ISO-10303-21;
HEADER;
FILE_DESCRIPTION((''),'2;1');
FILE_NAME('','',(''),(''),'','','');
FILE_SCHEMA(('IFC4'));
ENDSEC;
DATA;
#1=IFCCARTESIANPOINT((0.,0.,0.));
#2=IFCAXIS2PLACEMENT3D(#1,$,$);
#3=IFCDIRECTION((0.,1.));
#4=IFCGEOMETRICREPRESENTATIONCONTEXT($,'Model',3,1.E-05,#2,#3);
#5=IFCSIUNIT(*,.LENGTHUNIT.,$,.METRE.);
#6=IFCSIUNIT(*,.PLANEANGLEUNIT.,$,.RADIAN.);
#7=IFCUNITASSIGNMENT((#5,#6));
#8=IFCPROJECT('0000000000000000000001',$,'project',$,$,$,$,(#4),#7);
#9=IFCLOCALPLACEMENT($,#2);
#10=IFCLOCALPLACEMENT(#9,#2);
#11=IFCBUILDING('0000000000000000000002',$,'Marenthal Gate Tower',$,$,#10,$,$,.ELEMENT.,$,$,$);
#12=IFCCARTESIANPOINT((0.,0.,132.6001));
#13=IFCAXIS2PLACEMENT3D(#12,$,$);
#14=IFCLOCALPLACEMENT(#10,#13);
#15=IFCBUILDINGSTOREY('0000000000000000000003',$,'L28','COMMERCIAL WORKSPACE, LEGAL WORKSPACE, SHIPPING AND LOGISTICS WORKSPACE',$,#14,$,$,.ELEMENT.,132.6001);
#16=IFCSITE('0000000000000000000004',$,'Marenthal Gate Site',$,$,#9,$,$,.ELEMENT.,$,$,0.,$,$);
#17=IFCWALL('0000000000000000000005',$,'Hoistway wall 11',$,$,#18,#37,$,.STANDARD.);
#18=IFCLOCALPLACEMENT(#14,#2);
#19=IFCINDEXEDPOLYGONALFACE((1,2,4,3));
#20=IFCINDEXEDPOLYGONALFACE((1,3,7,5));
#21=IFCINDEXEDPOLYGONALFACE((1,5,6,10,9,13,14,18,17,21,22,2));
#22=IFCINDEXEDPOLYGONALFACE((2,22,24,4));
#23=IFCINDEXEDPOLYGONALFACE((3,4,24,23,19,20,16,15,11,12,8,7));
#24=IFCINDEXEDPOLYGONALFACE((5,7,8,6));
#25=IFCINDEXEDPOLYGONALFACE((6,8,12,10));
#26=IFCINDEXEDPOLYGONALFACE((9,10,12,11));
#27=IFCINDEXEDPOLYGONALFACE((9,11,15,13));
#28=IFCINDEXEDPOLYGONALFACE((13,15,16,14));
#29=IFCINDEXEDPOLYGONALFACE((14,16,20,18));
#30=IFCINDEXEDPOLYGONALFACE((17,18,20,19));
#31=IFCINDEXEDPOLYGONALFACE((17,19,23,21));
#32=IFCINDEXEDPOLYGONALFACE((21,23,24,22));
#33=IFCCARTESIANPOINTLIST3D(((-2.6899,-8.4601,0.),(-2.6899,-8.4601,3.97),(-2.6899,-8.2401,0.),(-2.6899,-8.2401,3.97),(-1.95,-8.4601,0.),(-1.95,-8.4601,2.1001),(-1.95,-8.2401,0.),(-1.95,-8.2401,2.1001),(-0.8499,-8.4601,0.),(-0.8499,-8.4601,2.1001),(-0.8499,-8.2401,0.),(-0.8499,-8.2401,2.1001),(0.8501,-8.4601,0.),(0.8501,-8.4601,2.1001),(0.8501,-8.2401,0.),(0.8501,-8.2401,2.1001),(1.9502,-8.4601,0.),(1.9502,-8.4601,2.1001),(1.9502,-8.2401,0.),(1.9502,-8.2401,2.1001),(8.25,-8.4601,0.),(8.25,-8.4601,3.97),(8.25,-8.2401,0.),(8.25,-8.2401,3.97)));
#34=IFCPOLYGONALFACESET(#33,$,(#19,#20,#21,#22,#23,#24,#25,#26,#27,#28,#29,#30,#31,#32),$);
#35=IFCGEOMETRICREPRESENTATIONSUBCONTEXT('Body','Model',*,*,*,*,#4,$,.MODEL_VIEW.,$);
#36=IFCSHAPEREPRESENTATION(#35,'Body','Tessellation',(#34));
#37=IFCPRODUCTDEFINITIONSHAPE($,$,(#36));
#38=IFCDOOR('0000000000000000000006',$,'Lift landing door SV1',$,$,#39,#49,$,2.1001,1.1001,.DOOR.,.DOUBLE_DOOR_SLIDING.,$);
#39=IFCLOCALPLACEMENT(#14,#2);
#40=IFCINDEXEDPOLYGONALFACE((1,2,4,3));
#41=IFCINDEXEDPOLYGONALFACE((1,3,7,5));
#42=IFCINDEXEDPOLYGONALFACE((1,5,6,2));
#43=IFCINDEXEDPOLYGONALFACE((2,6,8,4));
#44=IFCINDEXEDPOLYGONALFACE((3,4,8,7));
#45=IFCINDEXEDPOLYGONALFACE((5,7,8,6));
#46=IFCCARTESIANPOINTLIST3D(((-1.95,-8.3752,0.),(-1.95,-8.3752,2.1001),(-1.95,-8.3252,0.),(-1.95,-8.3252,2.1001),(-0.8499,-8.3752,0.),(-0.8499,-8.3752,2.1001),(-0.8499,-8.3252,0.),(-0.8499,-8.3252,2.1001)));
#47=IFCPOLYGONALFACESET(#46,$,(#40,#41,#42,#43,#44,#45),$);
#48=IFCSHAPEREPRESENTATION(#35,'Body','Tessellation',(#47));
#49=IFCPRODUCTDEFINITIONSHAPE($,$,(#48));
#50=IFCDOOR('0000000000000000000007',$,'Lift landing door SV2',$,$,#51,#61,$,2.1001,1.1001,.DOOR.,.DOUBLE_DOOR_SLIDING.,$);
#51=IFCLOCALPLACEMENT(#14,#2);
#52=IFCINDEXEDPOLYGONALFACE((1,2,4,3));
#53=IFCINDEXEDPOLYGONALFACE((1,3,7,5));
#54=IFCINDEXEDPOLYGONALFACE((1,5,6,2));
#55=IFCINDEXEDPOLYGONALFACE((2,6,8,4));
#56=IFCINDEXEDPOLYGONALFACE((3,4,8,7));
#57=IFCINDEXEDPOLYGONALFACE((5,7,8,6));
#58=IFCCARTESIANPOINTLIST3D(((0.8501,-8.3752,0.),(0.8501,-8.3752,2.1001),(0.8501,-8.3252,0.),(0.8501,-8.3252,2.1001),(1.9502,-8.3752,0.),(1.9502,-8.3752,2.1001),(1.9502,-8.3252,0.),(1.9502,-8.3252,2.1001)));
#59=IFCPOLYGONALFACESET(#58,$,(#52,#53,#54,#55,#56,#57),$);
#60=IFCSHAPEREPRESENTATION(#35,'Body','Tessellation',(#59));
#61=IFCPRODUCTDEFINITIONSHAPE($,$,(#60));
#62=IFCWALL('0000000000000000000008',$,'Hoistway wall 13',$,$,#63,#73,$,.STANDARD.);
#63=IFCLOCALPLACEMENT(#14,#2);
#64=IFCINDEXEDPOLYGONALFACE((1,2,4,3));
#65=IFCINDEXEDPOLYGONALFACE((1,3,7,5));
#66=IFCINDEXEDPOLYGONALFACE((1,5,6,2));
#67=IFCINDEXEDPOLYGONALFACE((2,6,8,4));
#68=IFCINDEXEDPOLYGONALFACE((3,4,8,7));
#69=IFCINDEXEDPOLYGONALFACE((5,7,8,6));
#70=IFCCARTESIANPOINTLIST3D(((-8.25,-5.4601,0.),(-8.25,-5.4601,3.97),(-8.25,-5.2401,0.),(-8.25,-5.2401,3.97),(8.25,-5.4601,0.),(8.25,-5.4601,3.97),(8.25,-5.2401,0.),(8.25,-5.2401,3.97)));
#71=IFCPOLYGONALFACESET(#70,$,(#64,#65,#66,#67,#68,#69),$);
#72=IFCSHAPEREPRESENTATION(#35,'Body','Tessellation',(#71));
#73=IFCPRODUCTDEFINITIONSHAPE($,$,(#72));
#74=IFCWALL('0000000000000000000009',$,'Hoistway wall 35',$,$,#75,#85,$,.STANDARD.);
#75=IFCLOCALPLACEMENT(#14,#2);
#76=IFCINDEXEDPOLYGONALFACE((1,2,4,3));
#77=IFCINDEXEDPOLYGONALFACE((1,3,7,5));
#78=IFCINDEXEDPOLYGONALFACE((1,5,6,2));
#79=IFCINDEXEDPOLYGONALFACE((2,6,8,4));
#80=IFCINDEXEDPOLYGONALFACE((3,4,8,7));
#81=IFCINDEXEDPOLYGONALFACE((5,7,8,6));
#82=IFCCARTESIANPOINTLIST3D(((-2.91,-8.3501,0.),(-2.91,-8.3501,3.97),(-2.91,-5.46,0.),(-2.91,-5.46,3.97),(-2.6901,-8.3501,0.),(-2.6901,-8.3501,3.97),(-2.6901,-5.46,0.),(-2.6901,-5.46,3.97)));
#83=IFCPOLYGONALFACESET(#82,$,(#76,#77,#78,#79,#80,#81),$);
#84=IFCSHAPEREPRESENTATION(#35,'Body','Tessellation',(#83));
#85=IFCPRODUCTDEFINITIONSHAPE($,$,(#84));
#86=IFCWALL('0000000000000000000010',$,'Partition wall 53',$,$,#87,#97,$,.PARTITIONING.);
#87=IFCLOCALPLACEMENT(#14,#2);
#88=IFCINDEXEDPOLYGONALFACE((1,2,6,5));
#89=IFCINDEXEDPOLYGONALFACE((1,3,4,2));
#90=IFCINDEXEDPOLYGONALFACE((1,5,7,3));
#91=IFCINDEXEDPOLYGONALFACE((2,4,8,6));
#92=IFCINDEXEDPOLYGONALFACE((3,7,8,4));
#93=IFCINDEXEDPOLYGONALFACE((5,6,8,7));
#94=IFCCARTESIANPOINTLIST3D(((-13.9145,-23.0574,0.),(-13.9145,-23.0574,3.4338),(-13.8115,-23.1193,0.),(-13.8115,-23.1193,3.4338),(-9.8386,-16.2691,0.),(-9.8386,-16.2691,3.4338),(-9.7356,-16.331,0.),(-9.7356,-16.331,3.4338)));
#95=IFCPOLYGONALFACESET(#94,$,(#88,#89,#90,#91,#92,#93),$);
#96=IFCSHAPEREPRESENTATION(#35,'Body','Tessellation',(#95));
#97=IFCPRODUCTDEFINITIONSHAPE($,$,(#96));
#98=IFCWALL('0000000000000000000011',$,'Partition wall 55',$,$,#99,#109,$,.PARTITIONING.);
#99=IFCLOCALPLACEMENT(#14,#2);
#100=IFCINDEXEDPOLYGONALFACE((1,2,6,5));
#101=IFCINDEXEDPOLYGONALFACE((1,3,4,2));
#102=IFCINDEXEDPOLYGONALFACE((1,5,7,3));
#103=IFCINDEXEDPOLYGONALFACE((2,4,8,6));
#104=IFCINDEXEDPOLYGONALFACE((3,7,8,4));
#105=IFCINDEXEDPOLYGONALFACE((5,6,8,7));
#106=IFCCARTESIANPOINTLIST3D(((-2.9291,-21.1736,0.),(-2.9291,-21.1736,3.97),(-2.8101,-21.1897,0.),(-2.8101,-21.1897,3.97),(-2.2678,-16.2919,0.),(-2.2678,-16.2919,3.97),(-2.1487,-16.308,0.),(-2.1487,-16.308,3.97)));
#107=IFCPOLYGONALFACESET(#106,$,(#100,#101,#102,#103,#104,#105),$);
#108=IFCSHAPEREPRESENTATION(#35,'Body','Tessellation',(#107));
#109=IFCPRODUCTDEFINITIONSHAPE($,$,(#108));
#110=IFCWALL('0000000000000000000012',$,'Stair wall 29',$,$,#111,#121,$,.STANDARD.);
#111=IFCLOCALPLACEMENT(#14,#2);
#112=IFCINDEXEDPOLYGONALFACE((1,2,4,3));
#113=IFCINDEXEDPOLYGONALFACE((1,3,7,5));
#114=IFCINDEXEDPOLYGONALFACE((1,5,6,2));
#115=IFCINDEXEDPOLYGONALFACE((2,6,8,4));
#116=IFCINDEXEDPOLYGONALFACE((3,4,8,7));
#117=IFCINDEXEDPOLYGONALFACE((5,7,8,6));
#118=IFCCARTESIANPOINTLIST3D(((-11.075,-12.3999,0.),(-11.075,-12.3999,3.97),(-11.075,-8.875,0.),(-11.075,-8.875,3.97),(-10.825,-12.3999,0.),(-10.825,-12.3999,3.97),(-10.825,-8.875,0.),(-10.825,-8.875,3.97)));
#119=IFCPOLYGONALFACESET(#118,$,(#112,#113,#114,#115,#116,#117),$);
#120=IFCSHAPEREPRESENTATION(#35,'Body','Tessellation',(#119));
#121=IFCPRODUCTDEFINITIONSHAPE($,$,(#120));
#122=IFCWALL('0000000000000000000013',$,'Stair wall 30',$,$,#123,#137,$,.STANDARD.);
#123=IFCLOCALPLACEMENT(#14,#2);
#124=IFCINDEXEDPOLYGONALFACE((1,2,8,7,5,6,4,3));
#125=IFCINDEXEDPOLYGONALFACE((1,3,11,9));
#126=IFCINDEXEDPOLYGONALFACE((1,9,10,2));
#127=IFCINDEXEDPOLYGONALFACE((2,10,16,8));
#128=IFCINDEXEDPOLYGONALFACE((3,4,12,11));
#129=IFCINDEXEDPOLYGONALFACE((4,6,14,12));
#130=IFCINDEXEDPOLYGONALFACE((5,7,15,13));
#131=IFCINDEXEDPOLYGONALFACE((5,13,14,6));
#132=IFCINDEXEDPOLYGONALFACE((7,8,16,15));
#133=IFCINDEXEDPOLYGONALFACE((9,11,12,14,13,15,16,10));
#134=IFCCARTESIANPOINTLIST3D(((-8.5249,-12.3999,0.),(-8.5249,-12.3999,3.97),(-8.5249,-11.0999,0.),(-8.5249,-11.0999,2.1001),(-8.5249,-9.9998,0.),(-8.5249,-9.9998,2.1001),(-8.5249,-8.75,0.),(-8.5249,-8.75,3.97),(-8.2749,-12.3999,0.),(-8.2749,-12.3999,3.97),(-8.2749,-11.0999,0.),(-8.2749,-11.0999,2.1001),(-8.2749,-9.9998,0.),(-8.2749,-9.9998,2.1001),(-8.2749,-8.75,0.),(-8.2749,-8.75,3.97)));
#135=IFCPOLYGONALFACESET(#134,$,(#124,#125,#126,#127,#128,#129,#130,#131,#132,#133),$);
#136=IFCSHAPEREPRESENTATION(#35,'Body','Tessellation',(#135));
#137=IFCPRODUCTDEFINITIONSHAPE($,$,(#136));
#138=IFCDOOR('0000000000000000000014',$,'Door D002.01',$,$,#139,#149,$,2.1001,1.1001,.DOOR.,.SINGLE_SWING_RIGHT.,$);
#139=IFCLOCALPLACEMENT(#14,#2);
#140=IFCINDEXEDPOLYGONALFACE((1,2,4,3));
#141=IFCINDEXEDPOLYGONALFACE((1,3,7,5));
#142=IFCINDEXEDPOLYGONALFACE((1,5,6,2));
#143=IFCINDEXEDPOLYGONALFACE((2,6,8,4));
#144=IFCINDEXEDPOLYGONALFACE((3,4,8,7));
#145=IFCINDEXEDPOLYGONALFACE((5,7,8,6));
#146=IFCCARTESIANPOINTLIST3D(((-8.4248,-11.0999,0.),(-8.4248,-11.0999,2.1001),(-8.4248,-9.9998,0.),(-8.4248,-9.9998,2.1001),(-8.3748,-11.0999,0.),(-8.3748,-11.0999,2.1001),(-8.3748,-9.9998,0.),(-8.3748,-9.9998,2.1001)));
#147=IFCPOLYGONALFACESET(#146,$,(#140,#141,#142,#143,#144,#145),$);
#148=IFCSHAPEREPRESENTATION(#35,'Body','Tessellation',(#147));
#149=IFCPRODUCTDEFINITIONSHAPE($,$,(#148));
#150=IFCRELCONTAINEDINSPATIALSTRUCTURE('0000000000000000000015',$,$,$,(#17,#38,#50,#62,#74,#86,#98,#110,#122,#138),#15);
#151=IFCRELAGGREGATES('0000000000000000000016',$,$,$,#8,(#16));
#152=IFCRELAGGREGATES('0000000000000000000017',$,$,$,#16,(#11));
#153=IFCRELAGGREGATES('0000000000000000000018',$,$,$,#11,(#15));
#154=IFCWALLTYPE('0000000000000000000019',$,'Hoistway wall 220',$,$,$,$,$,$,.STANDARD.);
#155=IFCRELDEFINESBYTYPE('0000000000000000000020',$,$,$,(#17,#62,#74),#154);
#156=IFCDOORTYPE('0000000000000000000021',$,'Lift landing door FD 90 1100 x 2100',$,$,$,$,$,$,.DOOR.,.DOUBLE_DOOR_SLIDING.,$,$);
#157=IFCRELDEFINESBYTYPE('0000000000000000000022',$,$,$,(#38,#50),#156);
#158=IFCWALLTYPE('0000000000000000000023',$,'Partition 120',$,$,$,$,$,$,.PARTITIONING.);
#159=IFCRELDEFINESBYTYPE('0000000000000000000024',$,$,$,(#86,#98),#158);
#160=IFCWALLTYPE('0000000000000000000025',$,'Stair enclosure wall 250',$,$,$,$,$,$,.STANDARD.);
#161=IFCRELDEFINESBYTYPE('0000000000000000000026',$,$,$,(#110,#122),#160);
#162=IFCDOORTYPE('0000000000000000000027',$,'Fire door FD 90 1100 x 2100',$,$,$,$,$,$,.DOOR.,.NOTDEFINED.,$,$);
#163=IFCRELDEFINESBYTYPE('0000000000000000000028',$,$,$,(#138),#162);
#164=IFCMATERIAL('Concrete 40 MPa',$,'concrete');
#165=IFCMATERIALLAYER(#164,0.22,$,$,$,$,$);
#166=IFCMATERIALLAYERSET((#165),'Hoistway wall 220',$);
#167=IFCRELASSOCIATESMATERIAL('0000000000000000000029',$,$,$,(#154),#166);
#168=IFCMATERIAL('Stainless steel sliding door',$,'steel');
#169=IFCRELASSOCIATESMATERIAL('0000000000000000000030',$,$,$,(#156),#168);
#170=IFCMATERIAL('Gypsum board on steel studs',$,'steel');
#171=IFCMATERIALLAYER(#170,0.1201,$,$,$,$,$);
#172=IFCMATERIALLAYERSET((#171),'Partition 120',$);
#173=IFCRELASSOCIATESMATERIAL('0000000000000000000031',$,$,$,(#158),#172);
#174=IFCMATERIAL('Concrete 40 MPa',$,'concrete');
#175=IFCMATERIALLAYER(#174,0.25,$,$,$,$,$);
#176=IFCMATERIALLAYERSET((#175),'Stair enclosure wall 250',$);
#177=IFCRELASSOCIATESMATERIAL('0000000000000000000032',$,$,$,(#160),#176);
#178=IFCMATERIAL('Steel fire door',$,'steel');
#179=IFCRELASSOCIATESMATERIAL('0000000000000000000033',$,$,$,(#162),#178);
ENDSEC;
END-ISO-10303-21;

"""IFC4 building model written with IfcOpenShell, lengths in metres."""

from ifc_helpers import new_model, si_unit, direction, frame, frame_2d, origin, place, context, subcontext, project, spatial, rectangle, extrude, material, layer, layer_set, type_object, element, fill, save


model = new_model("IFC4")

# Units and contexts
model_context = context("Model", 3, precision=1e-05, world=origin(), true_north=direction((0.0, 1.0)))
body_context = subcontext(model_context, "Body", "Model", "MODEL_VIEW")
ifc_project = project(units=[si_unit("LENGTHUNIT", "METRE"), si_unit("PLANEANGLEUNIT", "RADIAN")], contexts=[model_context])

# Site, building, storey
site_placement = place(None, origin())
site = spatial("IfcSite", under=ifc_project, at=site_placement, Name="Marenthal Gate Site", CompositionType="ELEMENT", RefElevation=0.0)
building_placement = place(site_placement, origin())
building = spatial("IfcBuilding", under=site, at=building_placement, Name="Marenthal Gate Tower", CompositionType="ELEMENT")
storey_placement = place(building_placement, frame((0.0, 0.0, 132.6001)))
storey = spatial("IfcBuildingStorey", under=building, at=storey_placement, Name="L28", Description="COMMERCIAL WORKSPACE, LEGAL WORKSPACE, SHIPPING AND LOGISTICS WORKSPACE", CompositionType="ELEMENT", Elevation=132.6001)

# Wall, openings, doors
ifc_material_1 = material(Name="Concrete 40 MPa", Category="concrete")
ifc_layer_1 = layer(ifc_material_1, 0.22)
ifc_layer_set_1 = layer_set([ifc_layer_1], Name="Hoistway wall 220")
wall_type_1 = type_object("IfcWallType", Name="Hoistway wall 220", PredefinedType="STANDARD", material=ifc_layer_set_1)
ifc_material_2 = material(Name="Stainless steel sliding door", Category="steel")
door_type_1 = type_object("IfcDoorType", Name="Lift landing door FD 90 1100 x 2100", OperationType="DOUBLE_DOOR_SLIDING", PredefinedType="DOOR", material=ifc_material_2)
wall_1_placement = place(storey_placement, frame((-2.6899, -8.3501, 0.0), z_axis=(0.0, 0.0, 1.0), x_axis=(1.0, 0.0, 0.0)))
wall_1 = element("IfcWall", 1, at=wall_1_placement, inside=storey, type_object=wall_type_1, Name="Hoistway wall 11", PredefinedType="STANDARD", context=body_context, shape_type="SweptSolid", body=[
    extrude(rectangle(XDim=10.9399, YDim=0.22, at=frame_2d((5.47, 0.0))), origin(), (0.0, 0.0, 1.0), 3.97),
])
opening_1_placement = place(wall_1_placement, frame((0.74, 0.0, 0.0)))
opening_1 = element("IfcOpeningElement", 2, at=opening_1_placement, cuts=wall_1, PredefinedType="OPENING", context=body_context, shape_type="SweptSolid", body=[
    extrude(rectangle(XDim=1.1001, YDim=2.1001, at=frame_2d((0.55, 1.05))), frame((0.0, 0.1201, 0.0), z_axis=(0.0, -1.0, 0.0), x_axis=(1.0, 0.0, 0.0)), (0.0, 0.0, 1.0), 0.24),
])
opening_2_placement = place(wall_1_placement, frame((3.54, 0.0, 0.0)))
opening_2 = element("IfcOpeningElement", 3, at=opening_2_placement, cuts=wall_1, PredefinedType="OPENING", context=body_context, shape_type="SweptSolid", body=[
    extrude(rectangle(XDim=1.1001, YDim=2.1001, at=frame_2d((0.55, 1.05))), frame((0.0, 0.1201, 0.0), z_axis=(0.0, -1.0, 0.0), x_axis=(1.0, 0.0, 0.0)), (0.0, 0.0, 1.0), 0.24),
])
door_1_placement = place(opening_1_placement, origin())
door_1 = element("IfcDoor", 4, at=door_1_placement, inside=storey, type_object=door_type_1, Name="Lift landing door SV1", OperationType="DOUBLE_DOOR_SLIDING", OverallHeight=2.1001, OverallWidth=1.1001, PredefinedType="DOOR", context=body_context, shape_type="SweptSolid", body=[
    extrude(rectangle(XDim=1.1001, YDim=2.1001, at=frame_2d((0.55, 1.05))), frame((0.0, 0.0249, 0.0), z_axis=(0.0, -1.0, 0.0), x_axis=(1.0, 0.0, 0.0)), (0.0, 0.0, 1.0), 0.05),
])
fill(opening_1, door_1)
door_2_placement = place(opening_2_placement, origin())
door_2 = element("IfcDoor", 5, at=door_2_placement, inside=storey, type_object=door_type_1, Name="Lift landing door SV2", OperationType="DOUBLE_DOOR_SLIDING", OverallHeight=2.1001, OverallWidth=1.1001, PredefinedType="DOOR", context=body_context, shape_type="SweptSolid", body=[
    extrude(rectangle(XDim=1.1001, YDim=2.1001, at=frame_2d((0.55, 1.05))), frame((0.0, 0.0249, 0.0), z_axis=(0.0, -1.0, 0.0), x_axis=(1.0, 0.0, 0.0)), (0.0, 0.0, 1.0), 0.05),
])
fill(opening_2, door_2)

# Walls
wall_2_placement = place(storey_placement, frame((-8.25, -5.3501, 0.0), z_axis=(0.0, 0.0, 1.0), x_axis=(1.0, 0.0, 0.0)))
element("IfcWall", 6, at=wall_2_placement, inside=storey, type_object=wall_type_1, Name="Hoistway wall 13", PredefinedType="STANDARD", context=body_context, shape_type="SweptSolid", body=[
    extrude(rectangle(XDim=16.5, YDim=0.22, at=frame_2d((8.25, 0.0))), origin(), (0.0, 0.0, 1.0), 3.97),
])
wall_3_placement = place(storey_placement, frame((-2.8, -8.3501, 0.0), z_axis=(0.0, 0.0, 1.0), x_axis=(0.0, 1.0, 0.0)))
element("IfcWall", 7, at=wall_3_placement, inside=storey, type_object=wall_type_1, Name="Hoistway wall 35", PredefinedType="STANDARD", context=body_context, shape_type="SweptSolid", body=[
    extrude(rectangle(XDim=2.8901, YDim=0.22, at=frame_2d((1.4451, 0.0))), origin(), (0.0, 0.0, 1.0), 3.97),
])
ifc_material_3 = material(Name="Gypsum board on steel studs", Category="steel")
ifc_layer_2 = layer(ifc_material_3, 0.1201)
ifc_layer_set_2 = layer_set([ifc_layer_2], Name="Partition 120")
wall_type_2 = type_object("IfcWallType", Name="Partition 120", PredefinedType="PARTITIONING", material=ifc_layer_set_2)
wall_4_placement = place(storey_placement, frame((-9.7871, -16.3, 0.0), z_axis=(0.0, 0.0, 1.0), x_axis=(-0.514768, -0.85733, 0.0)))
element("IfcWall", 8, at=wall_4_placement, inside=storey, type_object=wall_type_2, Name="Partition wall 53", PredefinedType="PARTITIONING", context=body_context, shape_type="SweptSolid", body=[
    extrude(rectangle(XDim=7.918, YDim=0.1201, at=frame_2d((3.959, 0.0))), origin(), (0.0, 0.0, 1.0), 3.4338),
])
wall_5_placement = place(storey_placement, frame((-2.8696, -21.1816, 0.0), z_axis=(0.0, 0.0, 1.0), x_axis=(0.134257, 0.990947, 0.0)))
element("IfcWall", 9, at=wall_5_placement, inside=storey, type_object=wall_type_2, Name="Partition wall 55", PredefinedType="PARTITIONING", context=body_context, shape_type="SweptSolid", body=[
    extrude(rectangle(XDim=4.9263, YDim=0.1201, at=frame_2d((2.4631, 0.0))), origin(), (0.0, 0.0, 1.0), 3.97),
])
ifc_material_4 = material(Name="Concrete 40 MPa", Category="concrete")
ifc_layer_3 = layer(ifc_material_4, 0.25)
ifc_layer_set_3 = layer_set([ifc_layer_3], Name="Stair enclosure wall 250")
wall_type_3 = type_object("IfcWallType", Name="Stair enclosure wall 250", PredefinedType="STANDARD", material=ifc_layer_set_3)
wall_6_placement = place(storey_placement, frame((-10.95, -12.3999, 0.0), z_axis=(0.0, 0.0, 1.0), x_axis=(0.0, 1.0, 0.0)))
element("IfcWall", 10, at=wall_6_placement, inside=storey, type_object=wall_type_3, Name="Stair wall 29", PredefinedType="STANDARD", context=body_context, shape_type="SweptSolid", body=[
    extrude(rectangle(XDim=3.5249, YDim=0.25, at=frame_2d((1.7625, 0.0))), origin(), (0.0, 0.0, 1.0), 3.97),
])

# Wall, opening, door
wall_7_placement = place(storey_placement, frame((-8.3999, -12.3999, 0.0), z_axis=(0.0, 0.0, 1.0), x_axis=(0.0, 1.0, 0.0)))
wall_7 = element("IfcWall", 11, at=wall_7_placement, inside=storey, type_object=wall_type_3, Name="Stair wall 30", PredefinedType="STANDARD", context=body_context, shape_type="SweptSolid", body=[
    extrude(rectangle(XDim=3.6499, YDim=0.25, at=frame_2d((1.825, 0.0))), origin(), (0.0, 0.0, 1.0), 3.97),
])
opening_3_placement = place(wall_7_placement, frame((1.3, 0.0, 0.0)))
opening_3 = element("IfcOpeningElement", 12, at=opening_3_placement, cuts=wall_7, PredefinedType="OPENING", context=body_context, shape_type="SweptSolid", body=[
    extrude(rectangle(XDim=1.1001, YDim=2.1001, at=frame_2d((0.55, 1.05))), frame((0.0, 0.135, 0.0), z_axis=(0.0, -1.0, 0.0), x_axis=(1.0, 0.0, 0.0)), (0.0, 0.0, 1.0), 0.27),
])
ifc_material_5 = material(Name="Steel fire door", Category="steel")
door_type_2 = type_object("IfcDoorType", Name="Fire door FD 90 1100 x 2100", OperationType="NOTDEFINED", PredefinedType="DOOR", material=ifc_material_5)
door_3_placement = place(opening_3_placement, origin())
door_3 = element("IfcDoor", 13, at=door_3_placement, inside=storey, type_object=door_type_2, Name="Door D002.01", OperationType="SINGLE_SWING_RIGHT", OverallHeight=2.1001, OverallWidth=1.1001, PredefinedType="DOOR", context=body_context, shape_type="SweptSolid", body=[
    extrude(rectangle(XDim=1.1001, YDim=2.1001, at=frame_2d((0.55, 1.05))), frame((0.0, 0.0249, 0.0), z_axis=(0.0, -1.0, 0.0), x_axis=(1.0, 0.0, 0.0)), (0.0, 0.0, 1.0), 0.05),
])
fill(opening_3, door_3)

save(model, "model.ifc")
